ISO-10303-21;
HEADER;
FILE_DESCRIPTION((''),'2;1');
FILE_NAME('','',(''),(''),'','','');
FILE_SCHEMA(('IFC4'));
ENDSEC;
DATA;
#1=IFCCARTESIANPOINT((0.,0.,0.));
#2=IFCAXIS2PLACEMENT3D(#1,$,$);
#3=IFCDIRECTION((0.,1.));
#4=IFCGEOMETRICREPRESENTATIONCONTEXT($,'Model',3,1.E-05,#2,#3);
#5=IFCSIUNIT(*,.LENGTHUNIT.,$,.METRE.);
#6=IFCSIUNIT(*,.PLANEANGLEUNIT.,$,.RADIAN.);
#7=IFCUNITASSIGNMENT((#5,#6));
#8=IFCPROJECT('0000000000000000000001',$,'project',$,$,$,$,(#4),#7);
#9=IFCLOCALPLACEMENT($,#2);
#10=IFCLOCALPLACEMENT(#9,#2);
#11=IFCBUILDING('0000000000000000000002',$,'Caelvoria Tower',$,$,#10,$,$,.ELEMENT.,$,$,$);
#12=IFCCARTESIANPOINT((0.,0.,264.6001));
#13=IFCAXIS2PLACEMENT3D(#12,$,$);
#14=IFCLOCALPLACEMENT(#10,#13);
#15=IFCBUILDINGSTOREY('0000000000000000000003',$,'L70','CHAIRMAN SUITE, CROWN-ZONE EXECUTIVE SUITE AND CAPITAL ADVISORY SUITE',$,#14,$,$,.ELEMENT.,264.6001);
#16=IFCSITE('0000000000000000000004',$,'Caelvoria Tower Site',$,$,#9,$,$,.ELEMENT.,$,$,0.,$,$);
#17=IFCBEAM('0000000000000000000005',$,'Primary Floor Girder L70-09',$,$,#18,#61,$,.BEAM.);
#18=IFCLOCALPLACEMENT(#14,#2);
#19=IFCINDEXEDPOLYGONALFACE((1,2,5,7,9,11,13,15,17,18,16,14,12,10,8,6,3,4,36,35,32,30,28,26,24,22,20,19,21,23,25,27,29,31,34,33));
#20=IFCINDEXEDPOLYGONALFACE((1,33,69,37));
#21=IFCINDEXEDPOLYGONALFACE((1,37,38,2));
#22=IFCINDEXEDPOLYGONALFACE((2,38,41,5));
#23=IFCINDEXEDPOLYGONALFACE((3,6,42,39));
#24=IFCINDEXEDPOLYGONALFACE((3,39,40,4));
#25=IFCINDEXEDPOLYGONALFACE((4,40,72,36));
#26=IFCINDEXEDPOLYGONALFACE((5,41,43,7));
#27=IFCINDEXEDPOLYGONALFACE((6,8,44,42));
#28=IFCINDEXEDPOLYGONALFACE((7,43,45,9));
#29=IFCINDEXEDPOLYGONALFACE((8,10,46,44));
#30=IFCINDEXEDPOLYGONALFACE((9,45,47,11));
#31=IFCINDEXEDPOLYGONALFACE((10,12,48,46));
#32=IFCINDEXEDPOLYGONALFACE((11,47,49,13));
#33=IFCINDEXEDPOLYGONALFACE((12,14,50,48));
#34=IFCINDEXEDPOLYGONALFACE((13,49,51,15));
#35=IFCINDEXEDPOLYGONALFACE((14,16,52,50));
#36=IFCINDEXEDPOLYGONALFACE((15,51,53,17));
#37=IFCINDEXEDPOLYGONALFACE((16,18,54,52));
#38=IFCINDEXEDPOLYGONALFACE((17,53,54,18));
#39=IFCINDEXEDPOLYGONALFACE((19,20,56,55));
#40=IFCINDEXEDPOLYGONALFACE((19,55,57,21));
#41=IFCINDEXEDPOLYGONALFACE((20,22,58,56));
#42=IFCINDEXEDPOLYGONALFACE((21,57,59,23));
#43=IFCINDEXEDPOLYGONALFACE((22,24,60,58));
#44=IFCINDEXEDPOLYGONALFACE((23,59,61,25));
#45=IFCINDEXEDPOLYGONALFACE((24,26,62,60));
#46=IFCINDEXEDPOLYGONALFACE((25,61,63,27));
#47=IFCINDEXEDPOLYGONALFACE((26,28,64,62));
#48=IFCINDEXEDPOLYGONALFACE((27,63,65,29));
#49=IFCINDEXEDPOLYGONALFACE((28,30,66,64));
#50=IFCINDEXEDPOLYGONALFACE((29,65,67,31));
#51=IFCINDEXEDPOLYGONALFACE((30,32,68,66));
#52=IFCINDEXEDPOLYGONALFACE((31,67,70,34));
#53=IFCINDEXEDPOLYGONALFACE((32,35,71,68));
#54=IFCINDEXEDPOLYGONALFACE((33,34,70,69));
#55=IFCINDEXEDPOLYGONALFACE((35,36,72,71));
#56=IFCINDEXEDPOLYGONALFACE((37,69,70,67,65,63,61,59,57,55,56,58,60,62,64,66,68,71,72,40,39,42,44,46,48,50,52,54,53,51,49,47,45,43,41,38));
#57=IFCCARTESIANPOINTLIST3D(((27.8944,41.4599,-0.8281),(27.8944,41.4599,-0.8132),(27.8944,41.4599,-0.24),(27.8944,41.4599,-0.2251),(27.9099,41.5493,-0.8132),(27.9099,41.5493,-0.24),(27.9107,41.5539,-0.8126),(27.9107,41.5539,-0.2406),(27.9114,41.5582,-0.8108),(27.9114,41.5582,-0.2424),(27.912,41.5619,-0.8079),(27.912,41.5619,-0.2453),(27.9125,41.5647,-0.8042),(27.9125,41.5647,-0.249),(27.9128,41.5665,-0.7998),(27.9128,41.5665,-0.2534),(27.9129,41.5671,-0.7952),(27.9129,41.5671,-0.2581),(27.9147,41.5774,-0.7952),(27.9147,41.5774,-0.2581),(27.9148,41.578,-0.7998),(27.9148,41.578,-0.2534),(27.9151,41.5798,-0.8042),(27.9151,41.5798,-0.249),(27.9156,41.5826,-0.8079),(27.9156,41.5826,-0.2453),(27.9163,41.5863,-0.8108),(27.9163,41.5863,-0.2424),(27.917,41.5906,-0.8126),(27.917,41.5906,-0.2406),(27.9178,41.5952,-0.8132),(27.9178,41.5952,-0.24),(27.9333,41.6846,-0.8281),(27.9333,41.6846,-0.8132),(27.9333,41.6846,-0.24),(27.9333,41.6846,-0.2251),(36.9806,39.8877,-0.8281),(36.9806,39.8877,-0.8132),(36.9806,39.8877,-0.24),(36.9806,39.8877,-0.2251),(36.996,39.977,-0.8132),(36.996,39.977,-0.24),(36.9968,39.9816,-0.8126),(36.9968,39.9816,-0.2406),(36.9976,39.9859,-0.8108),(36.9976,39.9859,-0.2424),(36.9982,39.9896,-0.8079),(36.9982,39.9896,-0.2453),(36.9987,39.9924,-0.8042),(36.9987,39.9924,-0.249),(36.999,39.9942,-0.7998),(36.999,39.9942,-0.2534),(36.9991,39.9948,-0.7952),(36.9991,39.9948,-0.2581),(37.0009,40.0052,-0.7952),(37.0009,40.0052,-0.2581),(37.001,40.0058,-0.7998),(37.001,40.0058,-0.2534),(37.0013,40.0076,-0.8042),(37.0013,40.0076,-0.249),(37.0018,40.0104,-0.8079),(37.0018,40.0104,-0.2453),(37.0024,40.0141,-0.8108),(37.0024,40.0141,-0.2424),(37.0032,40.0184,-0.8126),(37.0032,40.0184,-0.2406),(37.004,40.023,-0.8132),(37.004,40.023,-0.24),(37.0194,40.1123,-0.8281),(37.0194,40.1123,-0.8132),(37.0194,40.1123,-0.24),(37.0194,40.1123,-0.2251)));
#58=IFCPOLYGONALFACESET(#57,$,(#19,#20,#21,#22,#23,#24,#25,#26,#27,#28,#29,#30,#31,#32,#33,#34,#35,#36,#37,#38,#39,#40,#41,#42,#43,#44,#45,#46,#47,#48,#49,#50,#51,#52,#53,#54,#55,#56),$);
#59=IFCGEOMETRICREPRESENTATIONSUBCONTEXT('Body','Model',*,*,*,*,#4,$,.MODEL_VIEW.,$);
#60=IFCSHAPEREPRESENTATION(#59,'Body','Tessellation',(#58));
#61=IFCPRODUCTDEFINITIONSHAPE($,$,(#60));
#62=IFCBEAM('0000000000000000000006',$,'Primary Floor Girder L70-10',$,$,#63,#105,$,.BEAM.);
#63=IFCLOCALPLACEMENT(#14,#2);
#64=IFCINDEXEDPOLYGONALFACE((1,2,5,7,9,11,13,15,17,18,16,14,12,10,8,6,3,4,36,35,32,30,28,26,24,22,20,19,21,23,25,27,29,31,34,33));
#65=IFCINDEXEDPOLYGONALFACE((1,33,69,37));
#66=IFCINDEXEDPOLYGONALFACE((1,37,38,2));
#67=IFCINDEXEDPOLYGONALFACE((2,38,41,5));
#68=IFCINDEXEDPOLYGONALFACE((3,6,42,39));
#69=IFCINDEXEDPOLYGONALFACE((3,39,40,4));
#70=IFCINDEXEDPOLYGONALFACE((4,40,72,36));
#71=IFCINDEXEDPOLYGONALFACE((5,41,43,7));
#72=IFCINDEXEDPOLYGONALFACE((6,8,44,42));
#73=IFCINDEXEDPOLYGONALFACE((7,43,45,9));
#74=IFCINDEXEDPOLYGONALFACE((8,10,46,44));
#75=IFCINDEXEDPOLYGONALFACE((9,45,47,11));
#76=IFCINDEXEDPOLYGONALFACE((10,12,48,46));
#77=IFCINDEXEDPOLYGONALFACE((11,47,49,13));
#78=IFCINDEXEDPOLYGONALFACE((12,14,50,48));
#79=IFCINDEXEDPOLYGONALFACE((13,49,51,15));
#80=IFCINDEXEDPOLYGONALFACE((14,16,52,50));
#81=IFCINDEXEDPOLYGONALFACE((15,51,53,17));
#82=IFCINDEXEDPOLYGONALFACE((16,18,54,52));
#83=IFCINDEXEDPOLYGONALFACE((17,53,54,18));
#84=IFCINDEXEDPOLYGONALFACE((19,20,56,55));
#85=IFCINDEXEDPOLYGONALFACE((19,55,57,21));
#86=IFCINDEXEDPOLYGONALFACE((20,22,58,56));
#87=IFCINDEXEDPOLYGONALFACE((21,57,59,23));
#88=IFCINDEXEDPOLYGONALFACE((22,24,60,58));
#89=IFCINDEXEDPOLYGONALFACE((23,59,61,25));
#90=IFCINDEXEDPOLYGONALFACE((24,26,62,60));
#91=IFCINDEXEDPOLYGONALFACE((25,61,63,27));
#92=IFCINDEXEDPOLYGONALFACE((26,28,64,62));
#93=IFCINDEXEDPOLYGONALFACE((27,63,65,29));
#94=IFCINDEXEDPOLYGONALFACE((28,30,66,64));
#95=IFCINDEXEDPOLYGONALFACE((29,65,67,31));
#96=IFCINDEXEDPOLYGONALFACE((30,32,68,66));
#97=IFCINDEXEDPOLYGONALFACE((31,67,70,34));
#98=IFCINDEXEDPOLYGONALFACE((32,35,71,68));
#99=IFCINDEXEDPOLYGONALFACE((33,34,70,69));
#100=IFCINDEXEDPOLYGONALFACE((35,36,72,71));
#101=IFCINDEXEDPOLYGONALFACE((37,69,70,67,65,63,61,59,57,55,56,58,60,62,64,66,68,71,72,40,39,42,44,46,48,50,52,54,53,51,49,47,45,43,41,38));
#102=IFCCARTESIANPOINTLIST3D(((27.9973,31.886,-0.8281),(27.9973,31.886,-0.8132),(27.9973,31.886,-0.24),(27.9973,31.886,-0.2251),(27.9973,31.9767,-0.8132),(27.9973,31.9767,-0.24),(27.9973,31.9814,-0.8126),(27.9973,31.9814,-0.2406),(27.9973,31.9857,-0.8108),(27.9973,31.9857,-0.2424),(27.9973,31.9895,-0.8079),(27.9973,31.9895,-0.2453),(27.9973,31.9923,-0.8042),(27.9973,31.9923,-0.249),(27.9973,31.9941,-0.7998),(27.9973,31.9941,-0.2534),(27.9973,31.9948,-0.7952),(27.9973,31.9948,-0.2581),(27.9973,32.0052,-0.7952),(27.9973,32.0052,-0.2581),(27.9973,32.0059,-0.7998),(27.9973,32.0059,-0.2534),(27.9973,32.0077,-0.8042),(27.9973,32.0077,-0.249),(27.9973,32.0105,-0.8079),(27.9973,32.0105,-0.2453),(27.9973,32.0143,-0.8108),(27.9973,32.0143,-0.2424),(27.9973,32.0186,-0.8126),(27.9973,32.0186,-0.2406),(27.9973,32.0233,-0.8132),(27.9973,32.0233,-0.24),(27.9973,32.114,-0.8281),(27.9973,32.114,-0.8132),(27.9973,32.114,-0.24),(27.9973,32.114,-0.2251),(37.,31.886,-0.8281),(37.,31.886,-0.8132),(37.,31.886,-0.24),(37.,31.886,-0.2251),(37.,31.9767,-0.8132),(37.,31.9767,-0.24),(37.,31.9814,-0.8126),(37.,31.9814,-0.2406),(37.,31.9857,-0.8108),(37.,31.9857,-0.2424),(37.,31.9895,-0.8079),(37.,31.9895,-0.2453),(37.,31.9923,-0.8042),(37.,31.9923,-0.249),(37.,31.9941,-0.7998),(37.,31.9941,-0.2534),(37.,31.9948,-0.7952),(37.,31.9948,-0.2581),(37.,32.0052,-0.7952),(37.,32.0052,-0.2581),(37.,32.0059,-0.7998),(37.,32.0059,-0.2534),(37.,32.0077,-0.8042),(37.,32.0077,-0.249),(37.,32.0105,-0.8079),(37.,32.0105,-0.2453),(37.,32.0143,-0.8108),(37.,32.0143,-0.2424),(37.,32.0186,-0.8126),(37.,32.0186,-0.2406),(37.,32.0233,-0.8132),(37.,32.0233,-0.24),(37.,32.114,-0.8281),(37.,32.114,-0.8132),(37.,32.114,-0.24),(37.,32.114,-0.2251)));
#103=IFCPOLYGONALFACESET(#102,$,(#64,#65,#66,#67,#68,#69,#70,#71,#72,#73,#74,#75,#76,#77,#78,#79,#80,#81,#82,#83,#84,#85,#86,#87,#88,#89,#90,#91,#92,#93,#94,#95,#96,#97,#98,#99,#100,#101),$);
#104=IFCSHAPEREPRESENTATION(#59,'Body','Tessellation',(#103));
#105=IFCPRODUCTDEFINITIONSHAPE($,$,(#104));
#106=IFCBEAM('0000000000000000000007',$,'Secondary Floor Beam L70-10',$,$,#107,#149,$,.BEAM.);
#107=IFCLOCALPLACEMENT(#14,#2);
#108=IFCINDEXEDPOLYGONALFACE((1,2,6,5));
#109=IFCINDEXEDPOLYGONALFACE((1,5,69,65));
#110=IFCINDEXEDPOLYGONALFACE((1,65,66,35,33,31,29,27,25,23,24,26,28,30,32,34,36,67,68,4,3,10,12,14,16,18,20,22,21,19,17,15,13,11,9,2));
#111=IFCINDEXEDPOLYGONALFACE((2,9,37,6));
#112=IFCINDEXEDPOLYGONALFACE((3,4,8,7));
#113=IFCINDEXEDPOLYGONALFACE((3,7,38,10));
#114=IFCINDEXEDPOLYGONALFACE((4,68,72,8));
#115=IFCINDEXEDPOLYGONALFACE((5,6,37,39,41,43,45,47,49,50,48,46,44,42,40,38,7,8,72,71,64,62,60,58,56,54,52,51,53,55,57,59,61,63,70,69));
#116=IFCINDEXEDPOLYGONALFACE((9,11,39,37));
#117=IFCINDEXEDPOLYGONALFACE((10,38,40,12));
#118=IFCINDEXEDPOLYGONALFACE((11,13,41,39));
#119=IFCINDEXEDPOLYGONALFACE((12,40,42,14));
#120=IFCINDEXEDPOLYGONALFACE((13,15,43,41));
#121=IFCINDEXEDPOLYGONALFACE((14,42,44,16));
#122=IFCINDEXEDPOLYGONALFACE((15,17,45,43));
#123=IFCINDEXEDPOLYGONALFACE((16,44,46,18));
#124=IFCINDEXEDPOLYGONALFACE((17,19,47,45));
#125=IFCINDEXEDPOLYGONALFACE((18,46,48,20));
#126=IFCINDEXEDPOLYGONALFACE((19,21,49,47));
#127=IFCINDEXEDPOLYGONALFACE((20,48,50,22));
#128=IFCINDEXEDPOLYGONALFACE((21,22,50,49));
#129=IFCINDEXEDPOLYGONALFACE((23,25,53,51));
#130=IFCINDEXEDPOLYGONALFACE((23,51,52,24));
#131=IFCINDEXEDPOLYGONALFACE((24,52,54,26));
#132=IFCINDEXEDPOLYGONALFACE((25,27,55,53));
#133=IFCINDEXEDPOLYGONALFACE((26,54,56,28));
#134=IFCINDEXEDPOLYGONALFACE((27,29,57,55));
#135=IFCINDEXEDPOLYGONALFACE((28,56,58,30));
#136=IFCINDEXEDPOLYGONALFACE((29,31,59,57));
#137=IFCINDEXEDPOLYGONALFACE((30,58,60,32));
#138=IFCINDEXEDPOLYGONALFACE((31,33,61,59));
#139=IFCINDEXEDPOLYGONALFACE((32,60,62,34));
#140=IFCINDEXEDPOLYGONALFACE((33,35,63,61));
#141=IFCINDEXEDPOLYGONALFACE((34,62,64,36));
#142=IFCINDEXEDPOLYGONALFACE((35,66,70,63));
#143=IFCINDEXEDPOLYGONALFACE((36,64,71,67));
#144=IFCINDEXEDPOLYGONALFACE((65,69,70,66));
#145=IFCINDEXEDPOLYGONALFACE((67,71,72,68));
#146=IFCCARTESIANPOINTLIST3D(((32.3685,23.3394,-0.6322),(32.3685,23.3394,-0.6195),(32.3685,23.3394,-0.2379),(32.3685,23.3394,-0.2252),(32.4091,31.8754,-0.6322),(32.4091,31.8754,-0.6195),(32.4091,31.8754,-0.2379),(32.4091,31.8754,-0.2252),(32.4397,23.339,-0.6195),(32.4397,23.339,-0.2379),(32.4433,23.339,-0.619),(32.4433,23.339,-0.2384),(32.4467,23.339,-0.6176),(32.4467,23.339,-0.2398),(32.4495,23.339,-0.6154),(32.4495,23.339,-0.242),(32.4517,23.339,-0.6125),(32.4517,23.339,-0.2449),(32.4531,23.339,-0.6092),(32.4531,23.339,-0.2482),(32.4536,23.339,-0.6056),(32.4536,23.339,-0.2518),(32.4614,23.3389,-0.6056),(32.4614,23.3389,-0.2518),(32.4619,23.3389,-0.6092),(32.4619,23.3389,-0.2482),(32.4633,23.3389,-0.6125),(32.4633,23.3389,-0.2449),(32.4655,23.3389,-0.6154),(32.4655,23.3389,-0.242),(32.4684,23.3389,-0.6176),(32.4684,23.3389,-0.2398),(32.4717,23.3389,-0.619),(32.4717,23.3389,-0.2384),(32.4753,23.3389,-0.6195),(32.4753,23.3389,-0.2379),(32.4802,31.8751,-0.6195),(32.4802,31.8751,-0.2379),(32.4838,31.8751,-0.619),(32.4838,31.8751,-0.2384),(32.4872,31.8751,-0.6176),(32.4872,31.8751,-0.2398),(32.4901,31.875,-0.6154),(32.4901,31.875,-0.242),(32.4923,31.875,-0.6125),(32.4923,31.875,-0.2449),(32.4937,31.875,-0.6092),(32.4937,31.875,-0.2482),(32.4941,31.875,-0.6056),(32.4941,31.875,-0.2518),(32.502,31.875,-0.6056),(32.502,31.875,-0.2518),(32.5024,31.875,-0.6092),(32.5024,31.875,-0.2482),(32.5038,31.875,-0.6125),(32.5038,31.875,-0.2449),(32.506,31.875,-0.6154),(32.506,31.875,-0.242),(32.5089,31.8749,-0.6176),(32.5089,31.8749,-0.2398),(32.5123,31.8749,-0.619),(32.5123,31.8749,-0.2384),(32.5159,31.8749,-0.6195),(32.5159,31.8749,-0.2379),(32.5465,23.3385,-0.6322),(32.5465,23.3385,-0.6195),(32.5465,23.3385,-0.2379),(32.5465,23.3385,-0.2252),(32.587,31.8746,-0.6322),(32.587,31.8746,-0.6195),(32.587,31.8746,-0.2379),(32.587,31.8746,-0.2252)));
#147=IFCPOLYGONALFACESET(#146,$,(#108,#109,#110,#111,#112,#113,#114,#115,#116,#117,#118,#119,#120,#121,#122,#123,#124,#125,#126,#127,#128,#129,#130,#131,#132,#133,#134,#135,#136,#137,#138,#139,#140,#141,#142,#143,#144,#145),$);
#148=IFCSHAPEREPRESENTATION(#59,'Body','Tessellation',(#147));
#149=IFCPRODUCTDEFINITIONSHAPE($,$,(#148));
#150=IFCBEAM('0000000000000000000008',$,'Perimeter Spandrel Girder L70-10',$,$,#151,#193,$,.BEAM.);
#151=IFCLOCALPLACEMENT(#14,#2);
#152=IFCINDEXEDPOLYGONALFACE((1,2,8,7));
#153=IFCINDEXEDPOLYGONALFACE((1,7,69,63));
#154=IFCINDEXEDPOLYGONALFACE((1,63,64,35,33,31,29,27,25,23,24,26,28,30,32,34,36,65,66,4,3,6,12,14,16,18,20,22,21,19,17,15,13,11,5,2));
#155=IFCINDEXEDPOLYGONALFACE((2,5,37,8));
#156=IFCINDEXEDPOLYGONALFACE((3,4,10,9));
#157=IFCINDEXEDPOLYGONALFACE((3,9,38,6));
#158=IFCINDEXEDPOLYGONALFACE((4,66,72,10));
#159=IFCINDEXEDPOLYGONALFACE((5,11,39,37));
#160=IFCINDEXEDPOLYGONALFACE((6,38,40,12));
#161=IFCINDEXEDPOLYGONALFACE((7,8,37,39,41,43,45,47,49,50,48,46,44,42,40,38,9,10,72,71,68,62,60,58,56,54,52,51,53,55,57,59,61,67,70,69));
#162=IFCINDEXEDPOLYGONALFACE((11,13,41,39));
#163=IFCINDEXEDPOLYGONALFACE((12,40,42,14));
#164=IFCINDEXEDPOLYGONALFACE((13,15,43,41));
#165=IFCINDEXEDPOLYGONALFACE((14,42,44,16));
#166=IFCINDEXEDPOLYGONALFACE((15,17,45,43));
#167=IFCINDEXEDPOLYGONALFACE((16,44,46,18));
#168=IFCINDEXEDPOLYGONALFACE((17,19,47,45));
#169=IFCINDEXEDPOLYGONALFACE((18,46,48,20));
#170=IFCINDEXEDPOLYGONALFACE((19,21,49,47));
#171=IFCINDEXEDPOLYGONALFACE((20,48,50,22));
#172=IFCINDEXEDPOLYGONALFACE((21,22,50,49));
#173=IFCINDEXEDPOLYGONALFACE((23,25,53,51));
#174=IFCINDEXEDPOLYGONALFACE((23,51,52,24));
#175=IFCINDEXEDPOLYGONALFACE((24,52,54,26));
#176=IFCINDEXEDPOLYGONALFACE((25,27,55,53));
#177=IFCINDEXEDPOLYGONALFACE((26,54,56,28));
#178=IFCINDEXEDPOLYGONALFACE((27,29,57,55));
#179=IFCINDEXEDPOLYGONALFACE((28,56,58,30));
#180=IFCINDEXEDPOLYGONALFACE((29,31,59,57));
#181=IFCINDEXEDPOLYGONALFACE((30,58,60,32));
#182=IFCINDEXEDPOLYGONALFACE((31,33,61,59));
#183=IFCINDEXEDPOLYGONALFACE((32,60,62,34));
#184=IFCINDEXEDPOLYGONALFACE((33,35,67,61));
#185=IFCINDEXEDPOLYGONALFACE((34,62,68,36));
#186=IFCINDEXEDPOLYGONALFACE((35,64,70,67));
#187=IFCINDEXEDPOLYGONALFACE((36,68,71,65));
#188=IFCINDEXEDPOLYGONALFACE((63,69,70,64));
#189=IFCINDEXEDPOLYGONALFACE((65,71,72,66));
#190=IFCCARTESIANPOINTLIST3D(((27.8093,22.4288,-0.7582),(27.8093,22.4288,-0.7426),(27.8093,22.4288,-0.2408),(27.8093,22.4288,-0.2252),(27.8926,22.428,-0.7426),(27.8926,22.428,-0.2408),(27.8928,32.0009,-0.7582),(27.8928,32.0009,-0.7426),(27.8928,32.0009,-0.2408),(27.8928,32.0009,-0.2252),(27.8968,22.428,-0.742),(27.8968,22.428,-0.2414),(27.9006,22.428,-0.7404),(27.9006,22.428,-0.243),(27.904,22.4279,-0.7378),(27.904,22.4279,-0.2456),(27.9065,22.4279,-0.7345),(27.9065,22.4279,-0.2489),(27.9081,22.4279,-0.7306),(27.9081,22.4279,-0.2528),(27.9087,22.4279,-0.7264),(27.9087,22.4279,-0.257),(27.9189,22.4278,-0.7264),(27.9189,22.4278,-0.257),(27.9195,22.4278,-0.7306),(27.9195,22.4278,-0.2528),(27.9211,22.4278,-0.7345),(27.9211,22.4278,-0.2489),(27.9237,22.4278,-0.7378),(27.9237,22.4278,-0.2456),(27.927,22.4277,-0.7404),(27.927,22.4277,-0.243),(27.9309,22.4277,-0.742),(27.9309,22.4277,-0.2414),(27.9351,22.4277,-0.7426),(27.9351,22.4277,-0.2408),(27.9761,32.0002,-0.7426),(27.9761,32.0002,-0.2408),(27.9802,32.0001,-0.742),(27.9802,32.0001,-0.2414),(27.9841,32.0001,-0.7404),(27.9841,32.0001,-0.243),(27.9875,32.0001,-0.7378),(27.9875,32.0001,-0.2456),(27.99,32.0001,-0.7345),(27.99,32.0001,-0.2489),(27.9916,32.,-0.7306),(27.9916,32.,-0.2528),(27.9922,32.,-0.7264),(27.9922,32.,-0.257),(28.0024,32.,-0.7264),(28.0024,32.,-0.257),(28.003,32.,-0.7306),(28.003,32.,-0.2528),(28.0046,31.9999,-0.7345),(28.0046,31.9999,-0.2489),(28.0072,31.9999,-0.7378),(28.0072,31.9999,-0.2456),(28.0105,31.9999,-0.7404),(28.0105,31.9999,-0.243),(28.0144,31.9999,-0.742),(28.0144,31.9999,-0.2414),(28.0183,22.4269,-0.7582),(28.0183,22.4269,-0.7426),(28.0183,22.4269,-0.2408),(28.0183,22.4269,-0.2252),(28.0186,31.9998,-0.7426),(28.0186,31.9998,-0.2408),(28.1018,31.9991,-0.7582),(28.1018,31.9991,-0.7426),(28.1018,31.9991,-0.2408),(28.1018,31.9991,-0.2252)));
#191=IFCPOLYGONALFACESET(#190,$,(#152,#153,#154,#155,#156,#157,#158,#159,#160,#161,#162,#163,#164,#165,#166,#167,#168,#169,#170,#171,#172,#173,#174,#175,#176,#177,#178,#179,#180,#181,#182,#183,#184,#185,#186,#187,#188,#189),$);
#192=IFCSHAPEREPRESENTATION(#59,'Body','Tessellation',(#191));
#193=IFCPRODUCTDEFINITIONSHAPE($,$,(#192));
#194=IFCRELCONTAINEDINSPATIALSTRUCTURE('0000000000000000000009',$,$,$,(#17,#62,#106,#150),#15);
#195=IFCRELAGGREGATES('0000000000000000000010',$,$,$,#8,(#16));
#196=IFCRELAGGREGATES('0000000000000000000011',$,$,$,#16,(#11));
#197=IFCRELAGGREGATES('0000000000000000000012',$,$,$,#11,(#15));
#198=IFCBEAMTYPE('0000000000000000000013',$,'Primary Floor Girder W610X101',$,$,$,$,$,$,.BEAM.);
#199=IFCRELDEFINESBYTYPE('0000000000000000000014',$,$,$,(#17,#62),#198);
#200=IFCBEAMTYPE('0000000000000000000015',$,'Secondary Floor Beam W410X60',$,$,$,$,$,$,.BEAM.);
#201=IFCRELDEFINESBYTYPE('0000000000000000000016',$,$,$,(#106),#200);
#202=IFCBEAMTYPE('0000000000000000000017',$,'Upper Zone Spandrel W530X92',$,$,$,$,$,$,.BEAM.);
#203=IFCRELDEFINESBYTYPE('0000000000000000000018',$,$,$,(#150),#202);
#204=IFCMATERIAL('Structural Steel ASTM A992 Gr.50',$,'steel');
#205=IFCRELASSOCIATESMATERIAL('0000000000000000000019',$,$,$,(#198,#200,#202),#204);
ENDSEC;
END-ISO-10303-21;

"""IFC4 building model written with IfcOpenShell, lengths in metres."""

from ifc_helpers import new_model, si_unit, direction, frame, origin, origin_2d, place, context, subcontext, project, spatial, i_section, extrude, material, material_profile, profile_set, type_object, element, save


model = new_model("IFC4")

# Units and contexts
model_context = context("Model", 3, precision=1e-05, world=origin(), true_north=direction((0.0, 1.0)))
body_context = subcontext(model_context, "Body", "Model", "MODEL_VIEW")
ifc_project = project(units=[si_unit("LENGTHUNIT", "METRE"), si_unit("PLANEANGLEUNIT", "RADIAN")], contexts=[model_context])

# Site, building, storey
site_placement = place(None, origin())
site = spatial("IfcSite", under=ifc_project, at=site_placement, Name="Caelvoria Tower Site", CompositionType="ELEMENT", RefElevation=0.0)
building_placement = place(site_placement, origin())
building = spatial("IfcBuilding", under=site, at=building_placement, Name="Caelvoria Tower", CompositionType="ELEMENT")
storey_placement = place(building_placement, frame((0.0, 0.0, 264.6001)))
storey = spatial("IfcBuildingStorey", under=building, at=storey_placement, Name="L70", Description="CHAIRMAN SUITE, CROWN-ZONE EXECUTIVE SUITE AND CAPITAL ADVISORY SUITE", CompositionType="ELEMENT", Elevation=264.6001)

# Shared definitions
ifc_material_1 = material(Name="Structural Steel ASTM A992 Gr.50", Category="steel")

# Beams
ifc_material_profile_1 = material_profile(ifc_material_1, i_section(OverallWidth=0.228, OverallDepth=0.603, WebThickness=0.0105, FlangeThickness=0.0149, FilletRadius=0.0181, at=origin_2d()), Name="Structural Steel ASTM A992 Gr.50")
ifc_profile_set_1 = profile_set([ifc_material_profile_1], Name="W610X101 - Structural Steel ASTM A992 Gr.50")
beam_type_1 = type_object("IfcBeamType", Name="Primary Floor Girder W610X101", PredefinedType="BEAM", material=ifc_profile_set_1)
beam_1_placement = place(storey_placement, frame((37.0, 40.0, -0.5266), z_axis=(-0.985357, 0.170505, 0.0), x_axis=(-0.170505, -0.985357, 0.0)))
element("IfcBeam", 1, at=beam_1_placement, inside=storey, type_object=beam_type_1, Name="Primary Floor Girder L70-09", PredefinedType="BEAM", context=body_context, shape_type="SweptSolid", body=[
    extrude(i_section(OverallWidth=0.228, OverallDepth=0.603, WebThickness=0.0105, FlangeThickness=0.0149, FilletRadius=0.0181, at=origin_2d()), origin(), (0.0, 0.0, 1.0), 9.2212),
])
beam_2_placement = place(storey_placement, frame((37.0, 32.0, -0.5266), z_axis=(-1.0, 0.0, 0.0), x_axis=(0.0, -1.0, 0.0)))
element("IfcBeam", 2, at=beam_2_placement, inside=storey, type_object=beam_type_1, Name="Primary Floor Girder L70-10", PredefinedType="BEAM", context=body_context, shape_type="SweptSolid", body=[
    extrude(i_section(OverallWidth=0.228, OverallDepth=0.603, WebThickness=0.0105, FlangeThickness=0.0149, FilletRadius=0.0181, at=origin_2d()), origin(), (0.0, 0.0, 1.0), 9.0027),
])
ifc_material_profile_2 = material_profile(ifc_material_1, i_section(OverallWidth=0.178, OverallDepth=0.407, WebThickness=0.0078, FlangeThickness=0.0127, FilletRadius=0.0139, at=origin_2d()), Name="Structural Steel ASTM A992 Gr.50")
ifc_profile_set_2 = profile_set([ifc_material_profile_2], Name="W410X60 - Structural Steel ASTM A992 Gr.50")
beam_type_2 = type_object("IfcBeamType", Name="Secondary Floor Beam W410X60", PredefinedType="BEAM", material=ifc_profile_set_2)
beam_3_placement = place(storey_placement, frame((32.498, 31.875, -0.4287), z_axis=(-0.004748, -0.999989, 0.0), x_axis=(0.999989, -0.004748, 0.0)))
element("IfcBeam", 3, at=beam_3_placement, inside=storey, type_object=beam_type_2, Name="Secondary Floor Beam L70-10", PredefinedType="BEAM", context=body_context, shape_type="SweptSolid", body=[
    extrude(i_section(OverallWidth=0.178, OverallDepth=0.407, WebThickness=0.0078, FlangeThickness=0.0127, FilletRadius=0.0139, at=origin_2d()), origin(), (0.0, 0.0, 1.0), 8.5361),
])
ifc_material_profile_3 = material_profile(ifc_material_1, i_section(OverallWidth=0.209, OverallDepth=0.533, WebThickness=0.0103, FlangeThickness=0.0156, FilletRadius=0.0161, at=origin_2d()), Name="Structural Steel ASTM A992 Gr.50")
ifc_profile_set_3 = profile_set([ifc_material_profile_3], Name="W530X92 - Structural Steel ASTM A992 Gr.50")
beam_type_3 = type_object("IfcBeamType", Name="Upper Zone Spandrel W530X92", PredefinedType="BEAM", material=ifc_profile_set_3)
beam_4_placement = place(storey_placement, frame((27.9973, 32.0, -0.4917), z_axis=(-0.008722, -0.999962, 0.0), x_axis=(0.999962, -0.008722, 0.0)))
element("IfcBeam", 4, at=beam_4_placement, inside=storey, type_object=beam_type_3, Name="Perimeter Spandrel Girder L70-10", PredefinedType="BEAM", context=body_context, shape_type="SweptSolid", body=[
    extrude(i_section(OverallWidth=0.209, OverallDepth=0.533, WebThickness=0.0103, FlangeThickness=0.0156, FilletRadius=0.0161, at=origin_2d()), origin(), (0.0, 0.0, 1.0), 9.5725),
])

save(model, "model.ifc")
